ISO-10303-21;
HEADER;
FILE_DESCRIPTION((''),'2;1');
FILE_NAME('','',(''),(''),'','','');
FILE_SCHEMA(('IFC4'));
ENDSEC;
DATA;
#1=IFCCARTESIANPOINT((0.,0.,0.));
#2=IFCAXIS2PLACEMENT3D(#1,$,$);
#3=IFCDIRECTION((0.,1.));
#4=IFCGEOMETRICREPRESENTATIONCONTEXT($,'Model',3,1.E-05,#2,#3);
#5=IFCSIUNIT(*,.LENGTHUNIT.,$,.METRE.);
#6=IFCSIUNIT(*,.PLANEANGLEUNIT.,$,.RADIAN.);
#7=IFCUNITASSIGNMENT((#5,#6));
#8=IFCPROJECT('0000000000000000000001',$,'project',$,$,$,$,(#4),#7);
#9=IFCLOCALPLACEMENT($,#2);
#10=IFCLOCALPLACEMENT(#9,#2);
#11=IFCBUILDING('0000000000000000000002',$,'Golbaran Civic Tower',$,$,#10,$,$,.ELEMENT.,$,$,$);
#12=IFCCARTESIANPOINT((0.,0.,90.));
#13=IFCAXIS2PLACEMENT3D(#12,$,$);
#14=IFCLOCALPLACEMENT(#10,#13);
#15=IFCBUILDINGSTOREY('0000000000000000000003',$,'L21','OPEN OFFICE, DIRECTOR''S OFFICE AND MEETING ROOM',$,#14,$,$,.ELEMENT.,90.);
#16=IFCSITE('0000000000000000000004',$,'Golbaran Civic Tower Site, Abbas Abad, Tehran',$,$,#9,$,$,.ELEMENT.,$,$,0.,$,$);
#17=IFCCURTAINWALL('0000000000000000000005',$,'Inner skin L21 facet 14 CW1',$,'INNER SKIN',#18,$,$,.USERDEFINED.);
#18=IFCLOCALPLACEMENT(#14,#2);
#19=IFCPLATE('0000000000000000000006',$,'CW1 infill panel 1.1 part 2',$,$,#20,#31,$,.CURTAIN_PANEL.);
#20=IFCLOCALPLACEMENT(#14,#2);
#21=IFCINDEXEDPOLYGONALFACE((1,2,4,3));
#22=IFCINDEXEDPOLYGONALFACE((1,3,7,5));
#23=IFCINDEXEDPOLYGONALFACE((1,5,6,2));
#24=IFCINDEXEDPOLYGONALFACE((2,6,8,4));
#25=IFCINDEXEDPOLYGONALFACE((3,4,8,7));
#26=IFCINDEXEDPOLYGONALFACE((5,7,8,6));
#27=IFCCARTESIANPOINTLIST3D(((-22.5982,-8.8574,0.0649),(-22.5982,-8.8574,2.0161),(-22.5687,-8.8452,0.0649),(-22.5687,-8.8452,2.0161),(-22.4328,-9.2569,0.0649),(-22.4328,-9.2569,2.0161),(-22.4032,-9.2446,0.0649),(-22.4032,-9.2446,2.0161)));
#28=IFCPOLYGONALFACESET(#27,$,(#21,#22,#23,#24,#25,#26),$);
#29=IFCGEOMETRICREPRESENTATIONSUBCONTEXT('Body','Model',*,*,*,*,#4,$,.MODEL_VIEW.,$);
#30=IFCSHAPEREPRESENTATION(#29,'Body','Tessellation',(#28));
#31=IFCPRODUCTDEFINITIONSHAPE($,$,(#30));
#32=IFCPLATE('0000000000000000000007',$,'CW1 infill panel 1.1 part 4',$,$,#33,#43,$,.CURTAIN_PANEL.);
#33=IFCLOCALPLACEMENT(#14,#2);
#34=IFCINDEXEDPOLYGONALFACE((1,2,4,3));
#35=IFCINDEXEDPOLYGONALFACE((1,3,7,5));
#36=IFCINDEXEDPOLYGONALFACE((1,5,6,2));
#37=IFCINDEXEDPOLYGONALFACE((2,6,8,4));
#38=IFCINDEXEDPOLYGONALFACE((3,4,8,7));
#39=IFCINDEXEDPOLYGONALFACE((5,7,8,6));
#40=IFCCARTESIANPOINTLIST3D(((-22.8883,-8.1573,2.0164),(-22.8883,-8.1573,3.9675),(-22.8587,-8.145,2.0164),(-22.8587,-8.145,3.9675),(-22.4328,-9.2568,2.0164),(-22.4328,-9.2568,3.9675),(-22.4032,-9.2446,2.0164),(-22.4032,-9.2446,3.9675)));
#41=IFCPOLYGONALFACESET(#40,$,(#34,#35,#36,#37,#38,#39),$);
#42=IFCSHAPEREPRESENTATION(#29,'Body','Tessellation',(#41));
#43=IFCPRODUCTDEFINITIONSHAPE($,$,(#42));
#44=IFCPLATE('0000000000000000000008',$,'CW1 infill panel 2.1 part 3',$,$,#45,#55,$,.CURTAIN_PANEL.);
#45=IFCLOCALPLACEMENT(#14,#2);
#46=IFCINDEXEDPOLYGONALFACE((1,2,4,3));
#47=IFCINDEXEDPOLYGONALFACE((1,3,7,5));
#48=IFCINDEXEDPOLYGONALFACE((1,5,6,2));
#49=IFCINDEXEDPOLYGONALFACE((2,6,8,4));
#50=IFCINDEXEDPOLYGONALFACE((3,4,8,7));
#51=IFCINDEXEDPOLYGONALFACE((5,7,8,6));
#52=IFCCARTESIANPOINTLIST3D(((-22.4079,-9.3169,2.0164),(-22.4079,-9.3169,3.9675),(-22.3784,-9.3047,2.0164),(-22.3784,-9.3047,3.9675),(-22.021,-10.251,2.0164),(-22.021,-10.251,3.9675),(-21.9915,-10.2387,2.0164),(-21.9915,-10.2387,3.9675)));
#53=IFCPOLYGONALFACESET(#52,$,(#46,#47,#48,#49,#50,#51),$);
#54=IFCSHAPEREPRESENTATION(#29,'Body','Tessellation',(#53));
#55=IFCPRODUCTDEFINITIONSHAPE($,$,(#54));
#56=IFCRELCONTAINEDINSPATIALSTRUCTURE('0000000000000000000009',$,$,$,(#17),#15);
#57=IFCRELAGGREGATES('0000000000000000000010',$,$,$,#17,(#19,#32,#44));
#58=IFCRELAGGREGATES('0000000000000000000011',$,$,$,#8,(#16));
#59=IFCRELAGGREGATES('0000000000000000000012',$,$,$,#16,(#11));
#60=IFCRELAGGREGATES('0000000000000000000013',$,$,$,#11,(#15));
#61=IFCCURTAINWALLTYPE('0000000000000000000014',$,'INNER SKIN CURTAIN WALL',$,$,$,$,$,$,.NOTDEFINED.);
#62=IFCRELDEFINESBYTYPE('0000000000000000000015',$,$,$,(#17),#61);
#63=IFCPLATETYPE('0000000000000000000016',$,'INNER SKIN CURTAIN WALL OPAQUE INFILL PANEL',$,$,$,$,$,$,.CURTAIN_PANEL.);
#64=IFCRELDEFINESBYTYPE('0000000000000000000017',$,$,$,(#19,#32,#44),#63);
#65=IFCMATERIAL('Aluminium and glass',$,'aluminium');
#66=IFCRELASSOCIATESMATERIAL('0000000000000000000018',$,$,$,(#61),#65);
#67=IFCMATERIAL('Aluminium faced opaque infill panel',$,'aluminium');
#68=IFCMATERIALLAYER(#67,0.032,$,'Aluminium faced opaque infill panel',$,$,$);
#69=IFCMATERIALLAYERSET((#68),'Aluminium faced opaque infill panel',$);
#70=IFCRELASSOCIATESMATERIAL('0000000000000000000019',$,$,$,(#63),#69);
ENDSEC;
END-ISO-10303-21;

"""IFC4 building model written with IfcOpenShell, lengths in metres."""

from ifc_helpers import new_model, si_unit, direction, frame, origin, origin_2d, place, context, subcontext, project, spatial, rectangle, extrude, material, layer, layer_set, type_object, element, aggregate, save


model = new_model("IFC4")

# Units and contexts
model_context = context("Model", 3, precision=1e-05, world=origin(), true_north=direction((0.0, 1.0)))
body_context = subcontext(model_context, "Body", "Model", "MODEL_VIEW")
ifc_project = project(units=[si_unit("LENGTHUNIT", "METRE"), si_unit("PLANEANGLEUNIT", "RADIAN")], contexts=[model_context])

# Site, building, storey
site_placement = place(None, origin())
site = spatial("IfcSite", under=ifc_project, at=site_placement, Name="Golbaran Civic Tower Site, Abbas Abad, Tehran", CompositionType="ELEMENT", RefElevation=0.0)
building_placement = place(site_placement, origin())
building = spatial("IfcBuilding", under=site, at=building_placement, Name="Golbaran Civic Tower", CompositionType="ELEMENT")
storey_placement = place(building_placement, frame((0.0, 0.0, 90.0)))
storey = spatial("IfcBuildingStorey", under=building, at=storey_placement, Name="L21", Description="OPEN OFFICE, DIRECTOR'S OFFICE AND MEETING ROOM", CompositionType="ELEMENT", Elevation=90.0)

# Shared definitions
ifc_material_1 = material(Name="Aluminium and glass", Category="aluminium")
curtain_wall_type = type_object("IfcCurtainWallType", Name="INNER SKIN CURTAIN WALL", PredefinedType="NOTDEFINED", material=ifc_material_1)

# Curtain wall
curtain_wall_1_placement = place(storey_placement, origin())
curtain_wall_1 = element("IfcCurtainWall", 1, at=curtain_wall_1_placement, inside=storey, type_object=curtain_wall_type, Name="Inner skin L21 facet 14 CW1", ObjectType="INNER SKIN", PredefinedType="USERDEFINED")

# Plates
ifc_material_2 = material(Name="Aluminium faced opaque infill panel", Category="aluminium")
ifc_layer_1 = layer(ifc_material_2, 0.032, Name="Aluminium faced opaque infill panel")
ifc_layer_set_1 = layer_set([ifc_layer_1], Name="Aluminium faced opaque infill panel")
plate_type_1 = type_object("IfcPlateType", Name="INNER SKIN CURTAIN WALL OPAQUE INFILL PANEL", PredefinedType="CURTAIN_PANEL", material=ifc_layer_set_1)
plate_1_placement = place(storey_placement, frame((-22.5007, -9.051, 0.0649), z_axis=(0.0, 0.0, 1.0), x_axis=(0.382683, -0.92388, 0.0)))
plate_1 = element("IfcPlate", 2, at=plate_1_placement, type_object=plate_type_1, Name="CW1 infill panel 1.1 part 2", PredefinedType="CURTAIN_PANEL", context=body_context, shape_type="SweptSolid", body=[
    extrude(rectangle(XDim=0.4324, YDim=0.032, at=origin_2d()), origin(), (0.0, 0.0, 1.0), 1.9512),
])
plate_2_placement = place(storey_placement, frame((-22.6458, -8.7009, 2.0164), z_axis=(0.0, 0.0, 1.0), x_axis=(0.382683, -0.92388, 0.0)))
plate_2 = element("IfcPlate", 3, at=plate_2_placement, type_object=plate_type_1, Name="CW1 infill panel 1.1 part 4", PredefinedType="CURTAIN_PANEL", context=body_context, shape_type="SweptSolid", body=[
    extrude(rectangle(XDim=1.1902, YDim=0.032, at=origin_2d()), origin(), (0.0, 0.0, 1.0), 1.9512),
])
plate_3_placement = place(storey_placement, frame((-22.1997, -9.7778, 2.0164), z_axis=(0.0, 0.0, 1.0), x_axis=(0.382683, -0.92388, 0.0)))
plate_3 = element("IfcPlate", 4, at=plate_3_placement, type_object=plate_type_1, Name="CW1 infill panel 2.1 part 3", PredefinedType="CURTAIN_PANEL", context=body_context, shape_type="SweptSolid", body=[
    extrude(rectangle(XDim=1.011, YDim=0.032, at=origin_2d()), origin(), (0.0, 0.0, 1.0), 1.9512),
])
aggregate(curtain_wall_1, [plate_1, plate_2, plate_3])

save(model, "model.ifc")
